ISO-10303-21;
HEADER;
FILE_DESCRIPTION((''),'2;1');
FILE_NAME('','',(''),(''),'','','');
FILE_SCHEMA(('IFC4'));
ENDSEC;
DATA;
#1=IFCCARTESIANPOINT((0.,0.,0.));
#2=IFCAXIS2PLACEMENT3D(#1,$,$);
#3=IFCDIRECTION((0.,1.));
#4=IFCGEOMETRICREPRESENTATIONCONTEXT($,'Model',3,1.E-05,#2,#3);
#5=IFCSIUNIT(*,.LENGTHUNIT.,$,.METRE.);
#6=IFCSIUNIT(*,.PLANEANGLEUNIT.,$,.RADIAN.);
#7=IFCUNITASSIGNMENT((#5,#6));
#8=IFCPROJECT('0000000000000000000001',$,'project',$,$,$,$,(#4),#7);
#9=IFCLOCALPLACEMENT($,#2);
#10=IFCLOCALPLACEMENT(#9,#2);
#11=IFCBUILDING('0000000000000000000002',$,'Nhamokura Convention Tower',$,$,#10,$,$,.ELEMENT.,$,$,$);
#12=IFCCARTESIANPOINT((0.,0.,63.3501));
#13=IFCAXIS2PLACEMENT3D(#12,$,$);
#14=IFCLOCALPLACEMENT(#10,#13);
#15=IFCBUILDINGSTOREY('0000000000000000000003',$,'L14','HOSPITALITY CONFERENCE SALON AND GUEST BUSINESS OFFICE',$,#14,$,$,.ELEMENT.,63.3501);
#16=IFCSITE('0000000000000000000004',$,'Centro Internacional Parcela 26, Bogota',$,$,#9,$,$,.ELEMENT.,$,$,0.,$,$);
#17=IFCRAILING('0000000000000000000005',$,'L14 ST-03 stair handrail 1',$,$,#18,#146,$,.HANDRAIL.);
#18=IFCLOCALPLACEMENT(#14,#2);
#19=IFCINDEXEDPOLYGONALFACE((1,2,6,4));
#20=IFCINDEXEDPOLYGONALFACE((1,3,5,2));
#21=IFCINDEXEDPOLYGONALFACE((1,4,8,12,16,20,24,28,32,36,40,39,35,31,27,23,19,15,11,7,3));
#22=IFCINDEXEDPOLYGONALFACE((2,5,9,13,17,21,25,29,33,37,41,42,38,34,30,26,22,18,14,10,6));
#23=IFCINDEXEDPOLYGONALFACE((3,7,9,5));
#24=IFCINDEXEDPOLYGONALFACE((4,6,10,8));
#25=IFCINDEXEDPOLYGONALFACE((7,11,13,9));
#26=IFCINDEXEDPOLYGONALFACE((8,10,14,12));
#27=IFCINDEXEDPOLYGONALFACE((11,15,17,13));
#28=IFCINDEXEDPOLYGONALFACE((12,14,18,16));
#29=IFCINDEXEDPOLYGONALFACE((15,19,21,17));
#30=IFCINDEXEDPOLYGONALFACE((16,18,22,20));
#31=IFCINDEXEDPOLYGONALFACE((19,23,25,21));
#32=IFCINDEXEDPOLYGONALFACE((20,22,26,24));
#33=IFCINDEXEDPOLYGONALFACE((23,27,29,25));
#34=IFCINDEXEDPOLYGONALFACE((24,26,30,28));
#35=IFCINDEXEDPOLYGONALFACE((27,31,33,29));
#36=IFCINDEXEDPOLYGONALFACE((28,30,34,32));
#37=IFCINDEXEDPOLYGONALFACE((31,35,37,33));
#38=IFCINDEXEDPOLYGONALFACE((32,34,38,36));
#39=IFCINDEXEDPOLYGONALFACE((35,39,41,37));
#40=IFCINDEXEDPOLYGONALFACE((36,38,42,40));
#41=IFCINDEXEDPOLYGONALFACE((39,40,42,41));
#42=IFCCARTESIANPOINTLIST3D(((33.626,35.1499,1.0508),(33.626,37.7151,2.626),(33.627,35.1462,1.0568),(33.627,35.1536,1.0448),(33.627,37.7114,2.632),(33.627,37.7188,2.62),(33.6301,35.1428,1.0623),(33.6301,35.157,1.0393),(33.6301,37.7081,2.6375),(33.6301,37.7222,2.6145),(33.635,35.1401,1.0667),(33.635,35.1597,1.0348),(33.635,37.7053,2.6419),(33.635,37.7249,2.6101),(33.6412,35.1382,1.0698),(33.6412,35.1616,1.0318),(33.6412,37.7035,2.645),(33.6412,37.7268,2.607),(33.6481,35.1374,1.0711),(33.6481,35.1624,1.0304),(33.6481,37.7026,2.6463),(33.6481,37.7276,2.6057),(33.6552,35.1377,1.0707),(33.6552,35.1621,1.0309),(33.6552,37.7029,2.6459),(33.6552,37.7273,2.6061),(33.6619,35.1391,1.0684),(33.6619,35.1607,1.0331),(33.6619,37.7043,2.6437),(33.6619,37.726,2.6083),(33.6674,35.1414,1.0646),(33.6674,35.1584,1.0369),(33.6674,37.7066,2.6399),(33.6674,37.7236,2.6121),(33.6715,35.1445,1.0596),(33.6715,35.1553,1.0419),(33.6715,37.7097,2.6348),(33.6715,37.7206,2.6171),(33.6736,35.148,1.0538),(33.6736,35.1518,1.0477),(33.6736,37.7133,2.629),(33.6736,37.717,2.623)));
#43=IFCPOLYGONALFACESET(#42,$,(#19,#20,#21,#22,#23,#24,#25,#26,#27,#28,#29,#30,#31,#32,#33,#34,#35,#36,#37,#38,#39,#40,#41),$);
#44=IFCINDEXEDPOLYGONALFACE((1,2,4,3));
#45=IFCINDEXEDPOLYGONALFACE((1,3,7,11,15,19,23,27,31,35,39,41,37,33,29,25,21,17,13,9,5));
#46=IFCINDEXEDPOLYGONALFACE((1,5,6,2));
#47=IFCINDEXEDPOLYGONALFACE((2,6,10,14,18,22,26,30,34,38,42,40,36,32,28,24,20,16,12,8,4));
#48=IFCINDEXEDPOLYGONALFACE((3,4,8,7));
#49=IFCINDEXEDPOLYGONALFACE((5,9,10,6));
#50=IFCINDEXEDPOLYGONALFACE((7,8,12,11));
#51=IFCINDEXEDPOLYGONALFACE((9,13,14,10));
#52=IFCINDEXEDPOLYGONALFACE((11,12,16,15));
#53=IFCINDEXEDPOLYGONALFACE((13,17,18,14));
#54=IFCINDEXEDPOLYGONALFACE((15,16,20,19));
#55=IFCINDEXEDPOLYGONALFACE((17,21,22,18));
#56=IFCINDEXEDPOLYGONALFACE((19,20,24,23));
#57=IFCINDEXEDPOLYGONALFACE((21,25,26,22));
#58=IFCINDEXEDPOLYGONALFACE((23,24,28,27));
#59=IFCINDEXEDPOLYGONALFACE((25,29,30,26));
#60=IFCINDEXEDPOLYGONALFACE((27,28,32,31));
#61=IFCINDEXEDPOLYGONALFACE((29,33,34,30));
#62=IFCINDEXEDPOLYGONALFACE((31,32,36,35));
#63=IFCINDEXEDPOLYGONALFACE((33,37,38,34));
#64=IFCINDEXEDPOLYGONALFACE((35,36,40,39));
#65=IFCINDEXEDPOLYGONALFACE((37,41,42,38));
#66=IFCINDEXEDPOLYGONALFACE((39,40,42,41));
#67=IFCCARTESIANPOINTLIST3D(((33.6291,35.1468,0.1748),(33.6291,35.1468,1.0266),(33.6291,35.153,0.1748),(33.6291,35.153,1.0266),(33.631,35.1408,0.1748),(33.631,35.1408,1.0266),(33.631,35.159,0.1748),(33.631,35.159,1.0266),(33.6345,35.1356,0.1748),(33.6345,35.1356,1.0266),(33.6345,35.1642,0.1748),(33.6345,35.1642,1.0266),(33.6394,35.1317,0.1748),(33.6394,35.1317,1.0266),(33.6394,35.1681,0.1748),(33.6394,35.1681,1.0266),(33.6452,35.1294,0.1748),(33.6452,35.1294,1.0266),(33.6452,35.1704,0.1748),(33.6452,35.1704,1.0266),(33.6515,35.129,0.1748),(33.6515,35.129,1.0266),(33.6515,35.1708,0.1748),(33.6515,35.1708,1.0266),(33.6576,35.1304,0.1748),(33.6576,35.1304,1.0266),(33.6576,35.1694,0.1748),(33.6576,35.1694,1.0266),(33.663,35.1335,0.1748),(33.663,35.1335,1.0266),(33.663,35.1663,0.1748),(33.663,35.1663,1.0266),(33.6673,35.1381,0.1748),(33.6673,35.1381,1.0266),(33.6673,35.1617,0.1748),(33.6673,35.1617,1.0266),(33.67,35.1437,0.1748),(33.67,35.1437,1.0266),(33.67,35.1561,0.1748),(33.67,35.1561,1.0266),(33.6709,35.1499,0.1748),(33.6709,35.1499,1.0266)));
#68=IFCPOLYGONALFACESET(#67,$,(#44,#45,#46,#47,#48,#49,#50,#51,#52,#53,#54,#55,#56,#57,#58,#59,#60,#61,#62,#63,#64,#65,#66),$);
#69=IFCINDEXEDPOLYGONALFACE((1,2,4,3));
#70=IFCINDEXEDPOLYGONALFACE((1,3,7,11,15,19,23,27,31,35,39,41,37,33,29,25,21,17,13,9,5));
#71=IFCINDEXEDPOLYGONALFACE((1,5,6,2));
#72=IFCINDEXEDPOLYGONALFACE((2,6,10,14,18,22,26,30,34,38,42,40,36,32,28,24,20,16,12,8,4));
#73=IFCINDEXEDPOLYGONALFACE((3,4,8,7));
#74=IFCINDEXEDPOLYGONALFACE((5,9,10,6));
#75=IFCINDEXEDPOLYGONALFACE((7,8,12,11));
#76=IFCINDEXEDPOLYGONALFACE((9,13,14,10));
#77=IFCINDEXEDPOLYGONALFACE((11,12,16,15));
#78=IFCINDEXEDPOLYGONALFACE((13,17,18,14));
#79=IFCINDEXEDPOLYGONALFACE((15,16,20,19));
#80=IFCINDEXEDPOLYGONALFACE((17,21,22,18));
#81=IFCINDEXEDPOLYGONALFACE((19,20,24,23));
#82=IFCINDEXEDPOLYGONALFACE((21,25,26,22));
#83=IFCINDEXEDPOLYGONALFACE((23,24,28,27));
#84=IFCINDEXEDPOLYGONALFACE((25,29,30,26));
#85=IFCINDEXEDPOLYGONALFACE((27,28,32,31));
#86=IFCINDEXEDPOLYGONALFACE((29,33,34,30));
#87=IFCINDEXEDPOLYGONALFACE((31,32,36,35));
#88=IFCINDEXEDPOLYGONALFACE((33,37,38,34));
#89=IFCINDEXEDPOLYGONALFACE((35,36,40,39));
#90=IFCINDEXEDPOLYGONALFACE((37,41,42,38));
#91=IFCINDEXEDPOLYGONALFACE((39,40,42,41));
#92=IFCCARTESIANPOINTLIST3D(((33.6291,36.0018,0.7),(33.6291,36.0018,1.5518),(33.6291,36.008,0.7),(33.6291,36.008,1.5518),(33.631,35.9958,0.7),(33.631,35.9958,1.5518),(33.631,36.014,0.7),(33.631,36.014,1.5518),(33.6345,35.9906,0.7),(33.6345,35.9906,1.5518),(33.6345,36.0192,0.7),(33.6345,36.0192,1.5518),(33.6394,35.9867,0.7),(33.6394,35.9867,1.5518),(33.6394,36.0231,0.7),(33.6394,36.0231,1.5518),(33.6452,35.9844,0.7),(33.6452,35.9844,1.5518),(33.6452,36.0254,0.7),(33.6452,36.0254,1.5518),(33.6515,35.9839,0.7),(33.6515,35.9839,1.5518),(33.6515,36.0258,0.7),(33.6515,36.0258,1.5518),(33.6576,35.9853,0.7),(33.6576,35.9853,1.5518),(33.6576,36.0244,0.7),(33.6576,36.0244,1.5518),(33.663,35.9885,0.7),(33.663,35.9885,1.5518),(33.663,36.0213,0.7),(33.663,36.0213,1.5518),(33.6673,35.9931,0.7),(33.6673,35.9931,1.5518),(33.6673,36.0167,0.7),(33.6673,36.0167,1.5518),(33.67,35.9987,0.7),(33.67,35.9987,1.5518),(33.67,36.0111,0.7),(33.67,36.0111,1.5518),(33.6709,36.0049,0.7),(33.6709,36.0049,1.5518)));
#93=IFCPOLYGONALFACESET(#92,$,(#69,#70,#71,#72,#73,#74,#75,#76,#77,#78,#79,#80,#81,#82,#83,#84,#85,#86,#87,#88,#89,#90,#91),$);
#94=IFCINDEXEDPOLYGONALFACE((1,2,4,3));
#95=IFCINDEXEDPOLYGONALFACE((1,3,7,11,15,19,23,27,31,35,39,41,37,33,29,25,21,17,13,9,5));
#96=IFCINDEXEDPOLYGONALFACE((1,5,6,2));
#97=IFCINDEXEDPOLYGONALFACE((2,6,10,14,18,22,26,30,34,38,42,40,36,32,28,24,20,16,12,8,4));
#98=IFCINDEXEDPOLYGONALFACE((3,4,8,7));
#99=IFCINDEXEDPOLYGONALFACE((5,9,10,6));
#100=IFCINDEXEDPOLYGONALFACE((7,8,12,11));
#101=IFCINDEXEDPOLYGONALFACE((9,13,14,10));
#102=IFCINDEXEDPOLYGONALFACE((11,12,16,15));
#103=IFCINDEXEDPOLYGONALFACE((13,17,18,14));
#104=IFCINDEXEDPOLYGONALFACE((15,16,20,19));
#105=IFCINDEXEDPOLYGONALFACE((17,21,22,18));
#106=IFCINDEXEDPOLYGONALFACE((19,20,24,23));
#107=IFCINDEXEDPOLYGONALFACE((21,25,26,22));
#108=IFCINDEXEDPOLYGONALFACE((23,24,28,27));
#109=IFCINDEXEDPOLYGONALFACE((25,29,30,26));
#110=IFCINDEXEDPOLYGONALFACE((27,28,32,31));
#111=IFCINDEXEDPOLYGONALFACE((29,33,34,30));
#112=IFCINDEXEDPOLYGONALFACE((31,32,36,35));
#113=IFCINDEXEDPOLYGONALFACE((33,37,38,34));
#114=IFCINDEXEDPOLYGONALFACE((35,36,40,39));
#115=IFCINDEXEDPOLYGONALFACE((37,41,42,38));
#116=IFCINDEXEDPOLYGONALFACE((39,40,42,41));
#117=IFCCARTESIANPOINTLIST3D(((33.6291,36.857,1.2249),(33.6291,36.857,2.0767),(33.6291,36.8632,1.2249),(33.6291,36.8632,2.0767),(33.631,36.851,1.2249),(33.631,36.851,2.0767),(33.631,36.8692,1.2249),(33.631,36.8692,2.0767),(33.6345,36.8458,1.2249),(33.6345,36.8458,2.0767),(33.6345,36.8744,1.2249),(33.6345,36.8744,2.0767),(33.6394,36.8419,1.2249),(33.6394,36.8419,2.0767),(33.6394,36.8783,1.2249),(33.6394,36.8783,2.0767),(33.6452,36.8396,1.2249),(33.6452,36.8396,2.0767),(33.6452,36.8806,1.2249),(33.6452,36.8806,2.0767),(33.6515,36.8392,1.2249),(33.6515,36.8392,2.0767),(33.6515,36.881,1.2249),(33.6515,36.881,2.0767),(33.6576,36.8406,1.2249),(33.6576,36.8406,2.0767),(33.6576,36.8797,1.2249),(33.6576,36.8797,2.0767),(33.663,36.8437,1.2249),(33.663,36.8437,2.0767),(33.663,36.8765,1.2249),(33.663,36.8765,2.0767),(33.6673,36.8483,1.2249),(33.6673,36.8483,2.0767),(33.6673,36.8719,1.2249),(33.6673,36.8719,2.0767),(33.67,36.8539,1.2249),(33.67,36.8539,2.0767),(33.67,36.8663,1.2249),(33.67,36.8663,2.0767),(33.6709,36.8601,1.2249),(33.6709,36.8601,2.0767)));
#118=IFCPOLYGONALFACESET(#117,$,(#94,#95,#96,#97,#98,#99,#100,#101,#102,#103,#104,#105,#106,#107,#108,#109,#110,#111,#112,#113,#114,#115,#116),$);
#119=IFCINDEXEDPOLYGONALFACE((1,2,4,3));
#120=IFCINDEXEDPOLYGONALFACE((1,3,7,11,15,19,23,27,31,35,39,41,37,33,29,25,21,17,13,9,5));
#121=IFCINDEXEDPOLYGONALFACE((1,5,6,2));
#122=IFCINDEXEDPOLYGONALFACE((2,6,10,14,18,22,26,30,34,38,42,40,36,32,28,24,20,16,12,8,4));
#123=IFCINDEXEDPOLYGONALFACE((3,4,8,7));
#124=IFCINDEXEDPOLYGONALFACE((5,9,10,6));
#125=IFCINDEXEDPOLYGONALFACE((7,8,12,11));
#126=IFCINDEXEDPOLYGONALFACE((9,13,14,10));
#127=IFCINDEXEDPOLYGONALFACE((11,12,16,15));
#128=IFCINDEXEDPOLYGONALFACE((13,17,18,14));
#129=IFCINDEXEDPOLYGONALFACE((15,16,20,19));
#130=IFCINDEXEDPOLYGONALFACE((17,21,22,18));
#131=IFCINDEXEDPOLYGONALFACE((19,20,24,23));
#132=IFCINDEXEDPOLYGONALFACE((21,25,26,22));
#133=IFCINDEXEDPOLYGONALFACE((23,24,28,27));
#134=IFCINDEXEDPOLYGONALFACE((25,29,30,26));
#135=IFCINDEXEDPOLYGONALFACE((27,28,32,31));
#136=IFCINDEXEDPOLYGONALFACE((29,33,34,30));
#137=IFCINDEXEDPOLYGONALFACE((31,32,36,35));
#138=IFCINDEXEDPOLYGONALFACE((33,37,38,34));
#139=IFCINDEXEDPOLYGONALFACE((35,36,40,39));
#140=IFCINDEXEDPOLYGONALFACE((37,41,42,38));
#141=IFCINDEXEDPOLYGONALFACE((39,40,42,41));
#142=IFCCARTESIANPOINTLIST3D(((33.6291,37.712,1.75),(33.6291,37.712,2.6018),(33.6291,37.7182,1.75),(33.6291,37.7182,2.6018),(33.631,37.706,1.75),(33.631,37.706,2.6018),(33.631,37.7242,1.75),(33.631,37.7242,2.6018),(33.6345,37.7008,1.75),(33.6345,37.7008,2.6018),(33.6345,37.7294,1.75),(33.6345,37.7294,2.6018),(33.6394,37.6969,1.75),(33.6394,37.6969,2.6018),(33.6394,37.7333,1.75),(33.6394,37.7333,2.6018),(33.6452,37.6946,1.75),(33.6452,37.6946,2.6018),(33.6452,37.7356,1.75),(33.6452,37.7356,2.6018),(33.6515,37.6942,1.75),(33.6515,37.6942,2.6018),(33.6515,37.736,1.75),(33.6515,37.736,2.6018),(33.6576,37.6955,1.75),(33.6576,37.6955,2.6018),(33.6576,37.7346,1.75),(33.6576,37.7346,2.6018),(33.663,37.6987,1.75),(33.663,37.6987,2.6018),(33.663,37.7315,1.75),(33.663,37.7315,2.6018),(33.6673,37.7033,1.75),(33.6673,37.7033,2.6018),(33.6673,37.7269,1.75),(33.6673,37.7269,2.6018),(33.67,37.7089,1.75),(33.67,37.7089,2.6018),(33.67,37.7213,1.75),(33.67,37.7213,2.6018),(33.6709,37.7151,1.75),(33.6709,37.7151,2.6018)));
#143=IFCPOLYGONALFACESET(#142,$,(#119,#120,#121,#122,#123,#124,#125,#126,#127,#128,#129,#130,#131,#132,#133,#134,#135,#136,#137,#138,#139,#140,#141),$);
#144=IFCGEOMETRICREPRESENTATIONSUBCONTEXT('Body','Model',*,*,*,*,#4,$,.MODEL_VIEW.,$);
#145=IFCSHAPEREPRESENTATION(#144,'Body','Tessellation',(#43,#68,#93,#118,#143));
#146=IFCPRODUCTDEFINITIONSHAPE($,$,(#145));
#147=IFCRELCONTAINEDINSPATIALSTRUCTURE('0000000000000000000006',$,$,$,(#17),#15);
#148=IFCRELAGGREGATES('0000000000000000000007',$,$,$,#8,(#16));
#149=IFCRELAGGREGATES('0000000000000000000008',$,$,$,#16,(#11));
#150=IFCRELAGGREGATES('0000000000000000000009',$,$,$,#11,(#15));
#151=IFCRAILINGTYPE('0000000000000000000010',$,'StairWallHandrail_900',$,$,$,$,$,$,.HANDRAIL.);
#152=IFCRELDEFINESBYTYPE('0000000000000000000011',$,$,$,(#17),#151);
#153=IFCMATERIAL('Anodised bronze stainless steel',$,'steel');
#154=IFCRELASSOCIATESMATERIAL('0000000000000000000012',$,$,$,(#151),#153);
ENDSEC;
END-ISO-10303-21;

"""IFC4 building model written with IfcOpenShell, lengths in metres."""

from ifc_helpers import new_model, si_unit, direction, frame, origin, origin_2d, place, context, subcontext, project, spatial, circle, extrude, material, type_object, element, save


model = new_model("IFC4")

# Units and contexts
model_context = context("Model", 3, precision=1e-05, world=origin(), true_north=direction((0.0, 1.0)))
body_context = subcontext(model_context, "Body", "Model", "MODEL_VIEW")
ifc_project = project(units=[si_unit("LENGTHUNIT", "METRE"), si_unit("PLANEANGLEUNIT", "RADIAN")], contexts=[model_context])

# Site, building, storey
site_placement = place(None, origin())
site = spatial("IfcSite", under=ifc_project, at=site_placement, Name="Centro Internacional Parcela 26, Bogota", CompositionType="ELEMENT", RefElevation=0.0)
building_placement = place(site_placement, origin())
building = spatial("IfcBuilding", under=site, at=building_placement, Name="Nhamokura Convention Tower", CompositionType="ELEMENT")
storey_placement = place(building_placement, frame((0.0, 0.0, 63.3501)))
storey = spatial("IfcBuildingStorey", under=building, at=storey_placement, Name="L14", Description="HOSPITALITY CONFERENCE SALON AND GUEST BUSINESS OFFICE", CompositionType="ELEMENT", Elevation=63.3501)

# Railing
ifc_material_1 = material(Name="Anodised bronze stainless steel", Category="steel")
railing_type = type_object("IfcRailingType", Name="StairWallHandrail_900", PredefinedType="HANDRAIL", material=ifc_material_1)
railing_placement = place(storey_placement, frame((33.6499, 35.1499, 0.1748)))
element("IfcRailing", 1, at=railing_placement, inside=storey, type_object=railing_type, Name="L14 ST-03 stair handrail 1", PredefinedType="HANDRAIL", context=body_context, shape_type="SweptSolid", body=[
    extrude(circle(Radius=0.0239, at=origin_2d()), frame((0.0, 0.0, 0.876), z_axis=(0.0, 0.852159, 0.523283), x_axis=(-1.0, 0.0, 0.0)), (0.0, 0.0, 1.0), 3.0103),
    extrude(circle(Radius=0.021, at=origin_2d()), origin(), (0.0, 0.0, 1.0), 0.8518),
    extrude(circle(Radius=0.021, at=origin_2d()), frame((0.0, 0.855, 0.5251)), (0.0, 0.0, 1.0), 0.8518),
    extrude(circle(Radius=0.021, at=origin_2d()), frame((0.0, 1.7102, 1.05)), (0.0, 0.0, 1.0), 0.8518),
    extrude(circle(Radius=0.021, at=origin_2d()), frame((0.0, 2.5652, 1.5752)), (0.0, 0.0, 1.0), 0.8518),
])

save(model, "model.ifc")
